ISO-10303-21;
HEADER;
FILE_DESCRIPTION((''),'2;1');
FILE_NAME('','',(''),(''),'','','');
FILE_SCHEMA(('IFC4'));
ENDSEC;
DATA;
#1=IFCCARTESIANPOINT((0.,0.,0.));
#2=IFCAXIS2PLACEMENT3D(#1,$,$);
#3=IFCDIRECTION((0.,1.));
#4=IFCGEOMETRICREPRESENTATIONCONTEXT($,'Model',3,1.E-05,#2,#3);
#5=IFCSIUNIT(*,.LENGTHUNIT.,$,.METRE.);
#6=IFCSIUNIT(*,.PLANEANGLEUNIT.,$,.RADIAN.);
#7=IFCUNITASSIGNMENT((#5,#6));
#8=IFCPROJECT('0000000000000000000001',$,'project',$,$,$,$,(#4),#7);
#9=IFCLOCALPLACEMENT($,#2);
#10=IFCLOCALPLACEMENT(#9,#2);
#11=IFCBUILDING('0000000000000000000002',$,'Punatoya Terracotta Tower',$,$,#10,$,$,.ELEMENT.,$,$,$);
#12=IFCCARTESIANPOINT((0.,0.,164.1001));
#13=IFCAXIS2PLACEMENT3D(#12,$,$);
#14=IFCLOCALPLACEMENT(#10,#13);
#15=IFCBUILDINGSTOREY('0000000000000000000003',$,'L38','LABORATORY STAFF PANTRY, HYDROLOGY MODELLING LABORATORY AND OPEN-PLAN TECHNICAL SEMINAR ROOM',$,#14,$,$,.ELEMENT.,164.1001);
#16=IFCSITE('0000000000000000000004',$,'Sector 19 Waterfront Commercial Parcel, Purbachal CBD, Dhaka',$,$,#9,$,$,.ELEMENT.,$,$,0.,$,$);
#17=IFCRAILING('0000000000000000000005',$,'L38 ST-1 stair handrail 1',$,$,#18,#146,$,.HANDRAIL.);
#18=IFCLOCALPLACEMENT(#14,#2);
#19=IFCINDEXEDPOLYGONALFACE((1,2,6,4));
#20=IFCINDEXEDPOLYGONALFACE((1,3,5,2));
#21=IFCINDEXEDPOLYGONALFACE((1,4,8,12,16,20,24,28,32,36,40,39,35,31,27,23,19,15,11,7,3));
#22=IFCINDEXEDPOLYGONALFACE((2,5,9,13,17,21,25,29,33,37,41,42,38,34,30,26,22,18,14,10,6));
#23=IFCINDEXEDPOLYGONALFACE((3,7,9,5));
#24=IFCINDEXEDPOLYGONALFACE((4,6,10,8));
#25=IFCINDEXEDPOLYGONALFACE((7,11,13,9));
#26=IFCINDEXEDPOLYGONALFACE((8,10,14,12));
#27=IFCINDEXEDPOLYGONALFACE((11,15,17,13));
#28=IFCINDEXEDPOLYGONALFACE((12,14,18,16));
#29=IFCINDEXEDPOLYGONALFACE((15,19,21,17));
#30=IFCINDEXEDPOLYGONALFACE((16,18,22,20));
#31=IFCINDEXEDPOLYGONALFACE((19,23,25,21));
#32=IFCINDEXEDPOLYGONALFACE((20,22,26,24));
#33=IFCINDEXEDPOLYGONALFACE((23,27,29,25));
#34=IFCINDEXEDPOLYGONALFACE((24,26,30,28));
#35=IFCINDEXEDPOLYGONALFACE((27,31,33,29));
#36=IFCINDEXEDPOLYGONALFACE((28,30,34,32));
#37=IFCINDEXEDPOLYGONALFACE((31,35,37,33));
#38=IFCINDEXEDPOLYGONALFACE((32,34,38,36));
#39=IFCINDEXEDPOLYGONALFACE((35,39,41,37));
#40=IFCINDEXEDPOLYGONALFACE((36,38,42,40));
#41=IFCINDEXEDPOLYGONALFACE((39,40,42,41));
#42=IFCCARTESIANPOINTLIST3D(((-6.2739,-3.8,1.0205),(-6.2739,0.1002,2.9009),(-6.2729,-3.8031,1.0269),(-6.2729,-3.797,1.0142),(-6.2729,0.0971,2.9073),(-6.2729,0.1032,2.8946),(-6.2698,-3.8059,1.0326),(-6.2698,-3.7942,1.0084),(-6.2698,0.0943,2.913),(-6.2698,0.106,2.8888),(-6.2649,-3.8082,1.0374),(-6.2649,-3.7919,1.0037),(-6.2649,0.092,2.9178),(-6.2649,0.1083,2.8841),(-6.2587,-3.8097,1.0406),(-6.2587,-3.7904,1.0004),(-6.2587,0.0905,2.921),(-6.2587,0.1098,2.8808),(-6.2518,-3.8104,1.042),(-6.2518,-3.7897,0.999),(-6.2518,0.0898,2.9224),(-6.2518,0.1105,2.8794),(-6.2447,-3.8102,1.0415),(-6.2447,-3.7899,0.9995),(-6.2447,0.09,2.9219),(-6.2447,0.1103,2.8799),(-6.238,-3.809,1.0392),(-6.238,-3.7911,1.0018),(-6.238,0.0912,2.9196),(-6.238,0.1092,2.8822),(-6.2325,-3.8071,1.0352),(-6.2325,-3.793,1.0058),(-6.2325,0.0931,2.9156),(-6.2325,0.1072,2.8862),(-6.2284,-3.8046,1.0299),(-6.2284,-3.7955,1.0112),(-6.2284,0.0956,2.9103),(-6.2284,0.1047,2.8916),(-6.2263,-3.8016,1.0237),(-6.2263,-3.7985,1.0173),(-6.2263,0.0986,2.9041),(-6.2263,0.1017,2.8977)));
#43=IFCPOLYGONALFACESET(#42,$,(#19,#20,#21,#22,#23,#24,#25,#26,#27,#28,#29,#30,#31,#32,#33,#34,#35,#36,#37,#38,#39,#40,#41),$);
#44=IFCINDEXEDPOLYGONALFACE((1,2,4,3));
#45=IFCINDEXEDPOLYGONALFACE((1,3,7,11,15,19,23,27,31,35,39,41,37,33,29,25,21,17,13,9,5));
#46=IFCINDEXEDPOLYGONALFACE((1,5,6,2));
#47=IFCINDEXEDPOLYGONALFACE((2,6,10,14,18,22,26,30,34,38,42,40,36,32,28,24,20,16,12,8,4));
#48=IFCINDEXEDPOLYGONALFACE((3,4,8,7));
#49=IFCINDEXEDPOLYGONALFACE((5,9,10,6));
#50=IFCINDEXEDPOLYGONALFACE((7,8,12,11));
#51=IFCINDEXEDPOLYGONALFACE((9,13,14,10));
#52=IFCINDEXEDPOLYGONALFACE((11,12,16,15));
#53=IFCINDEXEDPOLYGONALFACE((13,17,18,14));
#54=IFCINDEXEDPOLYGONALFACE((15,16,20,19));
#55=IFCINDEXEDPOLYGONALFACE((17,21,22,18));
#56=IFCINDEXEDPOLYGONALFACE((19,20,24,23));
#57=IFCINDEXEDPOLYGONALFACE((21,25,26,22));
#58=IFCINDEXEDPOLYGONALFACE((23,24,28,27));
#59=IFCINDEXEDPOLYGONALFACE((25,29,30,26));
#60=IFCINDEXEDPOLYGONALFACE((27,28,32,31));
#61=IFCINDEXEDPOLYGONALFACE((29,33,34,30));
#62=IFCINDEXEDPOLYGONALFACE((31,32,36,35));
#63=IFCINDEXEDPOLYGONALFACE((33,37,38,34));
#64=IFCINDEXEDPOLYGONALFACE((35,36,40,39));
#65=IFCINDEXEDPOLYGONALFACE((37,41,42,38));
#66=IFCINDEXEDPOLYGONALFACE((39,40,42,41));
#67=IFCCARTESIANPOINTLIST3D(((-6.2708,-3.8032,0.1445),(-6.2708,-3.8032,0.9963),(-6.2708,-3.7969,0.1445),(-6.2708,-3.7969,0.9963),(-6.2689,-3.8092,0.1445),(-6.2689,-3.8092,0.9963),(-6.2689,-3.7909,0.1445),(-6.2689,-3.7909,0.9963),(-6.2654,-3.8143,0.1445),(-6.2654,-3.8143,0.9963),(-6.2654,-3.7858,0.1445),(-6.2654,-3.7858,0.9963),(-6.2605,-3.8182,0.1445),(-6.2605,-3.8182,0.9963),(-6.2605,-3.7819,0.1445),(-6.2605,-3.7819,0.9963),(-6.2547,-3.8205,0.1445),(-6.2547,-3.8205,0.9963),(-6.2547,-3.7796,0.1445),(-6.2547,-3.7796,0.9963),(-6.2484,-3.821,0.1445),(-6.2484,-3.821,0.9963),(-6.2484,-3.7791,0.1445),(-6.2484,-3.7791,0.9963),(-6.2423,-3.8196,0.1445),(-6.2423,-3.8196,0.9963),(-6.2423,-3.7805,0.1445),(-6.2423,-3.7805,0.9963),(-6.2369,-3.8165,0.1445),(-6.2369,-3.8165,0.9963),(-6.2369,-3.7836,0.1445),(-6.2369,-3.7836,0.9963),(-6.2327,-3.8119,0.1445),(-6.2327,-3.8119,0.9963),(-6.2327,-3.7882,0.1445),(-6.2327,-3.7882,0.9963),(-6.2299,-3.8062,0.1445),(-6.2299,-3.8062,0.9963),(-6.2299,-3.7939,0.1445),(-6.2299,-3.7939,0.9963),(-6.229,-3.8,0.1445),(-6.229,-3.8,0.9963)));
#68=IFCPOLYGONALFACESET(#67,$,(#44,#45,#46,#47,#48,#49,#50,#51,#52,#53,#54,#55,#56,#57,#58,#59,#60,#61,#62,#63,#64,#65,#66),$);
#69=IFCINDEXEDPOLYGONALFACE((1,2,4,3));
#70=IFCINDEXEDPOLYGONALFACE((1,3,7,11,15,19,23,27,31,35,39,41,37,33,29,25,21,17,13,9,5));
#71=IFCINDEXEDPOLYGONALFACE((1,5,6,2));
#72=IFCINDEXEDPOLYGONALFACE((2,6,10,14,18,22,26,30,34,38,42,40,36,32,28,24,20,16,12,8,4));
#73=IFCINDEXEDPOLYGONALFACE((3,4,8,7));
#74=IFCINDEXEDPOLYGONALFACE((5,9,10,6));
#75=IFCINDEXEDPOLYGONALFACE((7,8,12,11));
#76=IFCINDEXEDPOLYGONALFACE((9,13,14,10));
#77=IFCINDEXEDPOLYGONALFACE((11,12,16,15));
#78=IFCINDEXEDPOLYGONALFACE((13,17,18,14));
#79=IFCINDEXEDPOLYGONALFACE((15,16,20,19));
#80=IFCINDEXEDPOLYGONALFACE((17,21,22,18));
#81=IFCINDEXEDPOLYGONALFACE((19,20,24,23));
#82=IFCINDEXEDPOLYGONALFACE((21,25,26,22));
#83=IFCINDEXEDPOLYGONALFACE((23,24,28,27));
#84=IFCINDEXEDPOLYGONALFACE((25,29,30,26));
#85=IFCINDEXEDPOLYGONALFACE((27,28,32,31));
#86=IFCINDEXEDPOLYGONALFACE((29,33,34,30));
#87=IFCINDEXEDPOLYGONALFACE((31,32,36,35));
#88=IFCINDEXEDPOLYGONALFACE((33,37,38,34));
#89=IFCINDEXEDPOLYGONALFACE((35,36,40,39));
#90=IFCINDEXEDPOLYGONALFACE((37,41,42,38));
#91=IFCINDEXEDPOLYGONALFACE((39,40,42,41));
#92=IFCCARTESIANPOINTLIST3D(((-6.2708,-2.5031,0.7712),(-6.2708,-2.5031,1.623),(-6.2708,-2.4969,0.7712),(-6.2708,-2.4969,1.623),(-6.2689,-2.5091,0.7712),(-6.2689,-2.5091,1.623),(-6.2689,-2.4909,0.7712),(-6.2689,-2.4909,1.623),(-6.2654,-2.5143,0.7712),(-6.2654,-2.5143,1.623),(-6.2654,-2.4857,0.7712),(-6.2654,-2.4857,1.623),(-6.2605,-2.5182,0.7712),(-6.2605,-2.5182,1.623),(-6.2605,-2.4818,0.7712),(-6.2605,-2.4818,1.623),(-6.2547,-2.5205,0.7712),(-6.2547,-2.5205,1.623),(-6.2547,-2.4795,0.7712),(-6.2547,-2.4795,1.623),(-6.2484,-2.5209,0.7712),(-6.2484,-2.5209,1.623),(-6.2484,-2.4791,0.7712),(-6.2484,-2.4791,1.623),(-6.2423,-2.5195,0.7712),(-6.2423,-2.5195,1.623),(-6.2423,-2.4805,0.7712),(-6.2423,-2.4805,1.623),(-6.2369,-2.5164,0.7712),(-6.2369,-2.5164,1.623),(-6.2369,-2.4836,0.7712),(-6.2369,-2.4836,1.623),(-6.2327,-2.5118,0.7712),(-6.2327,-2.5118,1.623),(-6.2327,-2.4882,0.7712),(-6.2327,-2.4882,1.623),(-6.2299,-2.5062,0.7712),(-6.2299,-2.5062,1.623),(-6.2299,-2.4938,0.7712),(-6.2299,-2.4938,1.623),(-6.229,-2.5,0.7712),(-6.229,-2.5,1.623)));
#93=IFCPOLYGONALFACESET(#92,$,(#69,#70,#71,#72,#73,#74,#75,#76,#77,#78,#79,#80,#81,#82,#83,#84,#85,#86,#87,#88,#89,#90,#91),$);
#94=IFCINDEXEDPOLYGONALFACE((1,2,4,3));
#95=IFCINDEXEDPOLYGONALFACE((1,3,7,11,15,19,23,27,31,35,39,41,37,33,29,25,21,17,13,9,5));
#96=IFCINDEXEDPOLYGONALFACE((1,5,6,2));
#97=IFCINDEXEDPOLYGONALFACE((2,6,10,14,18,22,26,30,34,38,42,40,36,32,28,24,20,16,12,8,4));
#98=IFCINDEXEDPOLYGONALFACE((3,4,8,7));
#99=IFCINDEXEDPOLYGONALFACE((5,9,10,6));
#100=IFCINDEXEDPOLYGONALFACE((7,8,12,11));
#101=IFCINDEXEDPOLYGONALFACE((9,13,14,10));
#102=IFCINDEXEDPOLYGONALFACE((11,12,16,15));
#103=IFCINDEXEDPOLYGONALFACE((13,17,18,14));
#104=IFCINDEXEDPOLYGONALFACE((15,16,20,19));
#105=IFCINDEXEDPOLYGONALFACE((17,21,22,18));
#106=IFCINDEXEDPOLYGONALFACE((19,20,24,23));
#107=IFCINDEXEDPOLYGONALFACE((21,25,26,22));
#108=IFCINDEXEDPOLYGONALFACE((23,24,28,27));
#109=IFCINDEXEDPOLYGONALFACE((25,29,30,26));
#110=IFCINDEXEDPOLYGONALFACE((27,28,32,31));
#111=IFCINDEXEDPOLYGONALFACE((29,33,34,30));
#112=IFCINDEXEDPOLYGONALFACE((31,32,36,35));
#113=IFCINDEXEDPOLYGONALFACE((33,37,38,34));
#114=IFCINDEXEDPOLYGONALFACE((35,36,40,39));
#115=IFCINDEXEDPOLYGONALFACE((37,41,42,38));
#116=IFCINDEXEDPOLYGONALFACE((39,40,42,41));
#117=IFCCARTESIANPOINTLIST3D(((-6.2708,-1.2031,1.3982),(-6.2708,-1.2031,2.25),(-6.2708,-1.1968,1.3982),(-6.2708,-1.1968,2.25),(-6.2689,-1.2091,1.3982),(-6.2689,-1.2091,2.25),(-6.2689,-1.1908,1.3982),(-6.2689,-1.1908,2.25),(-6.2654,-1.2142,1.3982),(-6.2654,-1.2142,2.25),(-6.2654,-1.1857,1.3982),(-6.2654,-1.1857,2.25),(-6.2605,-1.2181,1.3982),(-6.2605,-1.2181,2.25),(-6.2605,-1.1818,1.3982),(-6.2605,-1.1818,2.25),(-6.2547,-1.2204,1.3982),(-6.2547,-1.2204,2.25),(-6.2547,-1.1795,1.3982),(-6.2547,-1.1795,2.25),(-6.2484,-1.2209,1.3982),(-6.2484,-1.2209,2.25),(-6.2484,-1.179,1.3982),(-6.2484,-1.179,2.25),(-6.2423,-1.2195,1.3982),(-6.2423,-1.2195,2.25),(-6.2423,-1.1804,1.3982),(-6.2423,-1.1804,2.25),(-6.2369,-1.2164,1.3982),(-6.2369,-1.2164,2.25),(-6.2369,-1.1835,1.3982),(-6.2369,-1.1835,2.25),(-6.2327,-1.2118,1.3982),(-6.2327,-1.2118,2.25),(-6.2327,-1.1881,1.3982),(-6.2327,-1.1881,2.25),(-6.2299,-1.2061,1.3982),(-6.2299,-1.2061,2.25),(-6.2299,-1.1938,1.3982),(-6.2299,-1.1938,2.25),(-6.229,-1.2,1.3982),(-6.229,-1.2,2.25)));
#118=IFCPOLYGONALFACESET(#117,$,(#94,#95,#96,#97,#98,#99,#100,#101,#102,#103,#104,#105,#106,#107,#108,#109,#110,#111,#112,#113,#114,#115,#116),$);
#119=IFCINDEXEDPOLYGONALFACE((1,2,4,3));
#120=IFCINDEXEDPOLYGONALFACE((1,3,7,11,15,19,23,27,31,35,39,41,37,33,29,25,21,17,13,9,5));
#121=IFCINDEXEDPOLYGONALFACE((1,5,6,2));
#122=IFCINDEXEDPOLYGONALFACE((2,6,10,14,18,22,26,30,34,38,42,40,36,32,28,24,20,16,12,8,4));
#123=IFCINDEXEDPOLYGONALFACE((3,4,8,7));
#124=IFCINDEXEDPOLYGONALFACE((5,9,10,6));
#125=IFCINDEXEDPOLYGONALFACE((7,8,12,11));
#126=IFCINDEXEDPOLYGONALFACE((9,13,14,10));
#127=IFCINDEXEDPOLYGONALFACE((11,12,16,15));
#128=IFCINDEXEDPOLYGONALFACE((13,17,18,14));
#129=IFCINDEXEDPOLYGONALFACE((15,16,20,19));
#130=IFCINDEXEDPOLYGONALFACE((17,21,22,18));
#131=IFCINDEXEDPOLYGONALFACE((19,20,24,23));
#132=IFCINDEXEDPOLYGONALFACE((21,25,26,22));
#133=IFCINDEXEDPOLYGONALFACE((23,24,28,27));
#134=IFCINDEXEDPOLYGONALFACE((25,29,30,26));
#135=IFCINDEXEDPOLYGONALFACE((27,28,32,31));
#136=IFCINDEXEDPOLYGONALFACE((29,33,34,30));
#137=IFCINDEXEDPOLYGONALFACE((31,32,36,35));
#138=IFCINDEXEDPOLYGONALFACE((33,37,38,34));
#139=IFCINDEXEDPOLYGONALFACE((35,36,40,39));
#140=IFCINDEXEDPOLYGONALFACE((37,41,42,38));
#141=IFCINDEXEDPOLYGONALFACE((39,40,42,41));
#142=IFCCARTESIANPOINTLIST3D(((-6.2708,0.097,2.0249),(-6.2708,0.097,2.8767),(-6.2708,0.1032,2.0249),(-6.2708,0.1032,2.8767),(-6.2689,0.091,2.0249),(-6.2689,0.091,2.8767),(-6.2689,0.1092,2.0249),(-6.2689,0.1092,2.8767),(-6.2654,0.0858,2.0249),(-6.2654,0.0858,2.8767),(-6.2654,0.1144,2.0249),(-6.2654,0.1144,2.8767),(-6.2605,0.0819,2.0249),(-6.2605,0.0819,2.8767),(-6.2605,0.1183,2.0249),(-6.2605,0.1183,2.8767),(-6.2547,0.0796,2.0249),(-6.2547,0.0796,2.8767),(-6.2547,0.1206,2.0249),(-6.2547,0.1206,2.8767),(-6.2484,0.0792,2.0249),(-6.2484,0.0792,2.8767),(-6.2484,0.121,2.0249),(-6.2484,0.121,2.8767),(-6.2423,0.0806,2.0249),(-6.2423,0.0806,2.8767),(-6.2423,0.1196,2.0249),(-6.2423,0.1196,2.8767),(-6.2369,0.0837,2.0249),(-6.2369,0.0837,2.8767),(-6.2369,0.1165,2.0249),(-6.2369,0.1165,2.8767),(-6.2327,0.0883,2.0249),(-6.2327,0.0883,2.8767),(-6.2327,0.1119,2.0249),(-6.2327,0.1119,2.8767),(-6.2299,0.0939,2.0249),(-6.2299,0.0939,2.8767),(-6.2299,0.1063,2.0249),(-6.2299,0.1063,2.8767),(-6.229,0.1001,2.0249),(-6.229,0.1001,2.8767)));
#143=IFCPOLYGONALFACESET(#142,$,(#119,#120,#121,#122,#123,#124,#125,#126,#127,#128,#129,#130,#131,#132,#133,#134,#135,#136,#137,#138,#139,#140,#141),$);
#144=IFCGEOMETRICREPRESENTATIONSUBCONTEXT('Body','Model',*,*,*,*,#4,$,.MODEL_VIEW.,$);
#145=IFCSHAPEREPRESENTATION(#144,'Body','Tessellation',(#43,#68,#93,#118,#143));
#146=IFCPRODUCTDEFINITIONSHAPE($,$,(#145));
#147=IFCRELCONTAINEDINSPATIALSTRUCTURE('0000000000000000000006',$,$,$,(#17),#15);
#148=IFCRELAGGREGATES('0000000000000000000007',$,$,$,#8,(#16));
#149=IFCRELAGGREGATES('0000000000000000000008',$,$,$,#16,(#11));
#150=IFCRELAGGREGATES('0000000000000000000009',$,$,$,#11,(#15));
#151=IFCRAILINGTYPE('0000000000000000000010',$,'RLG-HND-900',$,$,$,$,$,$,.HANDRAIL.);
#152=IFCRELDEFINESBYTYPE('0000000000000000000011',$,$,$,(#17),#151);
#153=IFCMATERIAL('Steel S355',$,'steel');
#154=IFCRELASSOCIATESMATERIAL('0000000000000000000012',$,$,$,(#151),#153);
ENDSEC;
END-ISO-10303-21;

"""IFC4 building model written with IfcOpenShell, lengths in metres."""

from ifc_helpers import new_model, si_unit, direction, frame, origin, origin_2d, place, context, subcontext, project, spatial, circle, extrude, material, type_object, element, save


model = new_model("IFC4")

# Units and contexts
model_context = context("Model", 3, precision=1e-05, world=origin(), true_north=direction((0.0, 1.0)))
body_context = subcontext(model_context, "Body", "Model", "MODEL_VIEW")
ifc_project = project(units=[si_unit("LENGTHUNIT", "METRE"), si_unit("PLANEANGLEUNIT", "RADIAN")], contexts=[model_context])

# Site, building, storey
site_placement = place(None, origin())
site = spatial("IfcSite", under=ifc_project, at=site_placement, Name="Sector 19 Waterfront Commercial Parcel, Purbachal CBD, Dhaka", CompositionType="ELEMENT", RefElevation=0.0)
building_placement = place(site_placement, origin())
building = spatial("IfcBuilding", under=site, at=building_placement, Name="Punatoya Terracotta Tower", CompositionType="ELEMENT")
storey_placement = place(building_placement, frame((0.0, 0.0, 164.1001)))
storey = spatial("IfcBuildingStorey", under=building, at=storey_placement, Name="L38", Description="LABORATORY STAFF PANTRY, HYDROLOGY MODELLING LABORATORY AND OPEN-PLAN TECHNICAL SEMINAR ROOM", CompositionType="ELEMENT", Elevation=164.1001)

# Shared definitions
ifc_material_1 = material(Name="Steel S355", Category="steel")

# Railing
railing_type_1 = type_object("IfcRailingType", Name="RLG-HND-900", PredefinedType="HANDRAIL", material=ifc_material_1)
railing_1_placement = place(storey_placement, frame((-6.25, -3.8, 0.1445)))
element("IfcRailing", 1, at=railing_1_placement, inside=storey, type_object=railing_type_1, Name="L38 ST-1 stair handrail 1", PredefinedType="HANDRAIL", context=body_context, shape_type="SweptSolid", body=[
    extrude(circle(Radius=0.0239, at=origin_2d()), frame((0.0, 0.0, 0.876), z_axis=(0.0, 0.900774, 0.434289), x_axis=(-1.0, 0.0, 0.0)), (0.0, 0.0, 1.0), 4.3298),
    extrude(circle(Radius=0.021, at=origin_2d()), origin(), (0.0, 0.0, 1.0), 0.8518),
    extrude(circle(Radius=0.021, at=origin_2d()), frame((0.0, 1.3, 0.6267)), (0.0, 0.0, 1.0), 0.8518),
    extrude(circle(Radius=0.021, at=origin_2d()), frame((0.0, 2.6001, 1.2537)), (0.0, 0.0, 1.0), 0.8518),
    extrude(circle(Radius=0.021, at=origin_2d()), frame((0.0, 3.9001, 1.8804)), (0.0, 0.0, 1.0), 0.8518),
])

save(model, "model.ifc")
